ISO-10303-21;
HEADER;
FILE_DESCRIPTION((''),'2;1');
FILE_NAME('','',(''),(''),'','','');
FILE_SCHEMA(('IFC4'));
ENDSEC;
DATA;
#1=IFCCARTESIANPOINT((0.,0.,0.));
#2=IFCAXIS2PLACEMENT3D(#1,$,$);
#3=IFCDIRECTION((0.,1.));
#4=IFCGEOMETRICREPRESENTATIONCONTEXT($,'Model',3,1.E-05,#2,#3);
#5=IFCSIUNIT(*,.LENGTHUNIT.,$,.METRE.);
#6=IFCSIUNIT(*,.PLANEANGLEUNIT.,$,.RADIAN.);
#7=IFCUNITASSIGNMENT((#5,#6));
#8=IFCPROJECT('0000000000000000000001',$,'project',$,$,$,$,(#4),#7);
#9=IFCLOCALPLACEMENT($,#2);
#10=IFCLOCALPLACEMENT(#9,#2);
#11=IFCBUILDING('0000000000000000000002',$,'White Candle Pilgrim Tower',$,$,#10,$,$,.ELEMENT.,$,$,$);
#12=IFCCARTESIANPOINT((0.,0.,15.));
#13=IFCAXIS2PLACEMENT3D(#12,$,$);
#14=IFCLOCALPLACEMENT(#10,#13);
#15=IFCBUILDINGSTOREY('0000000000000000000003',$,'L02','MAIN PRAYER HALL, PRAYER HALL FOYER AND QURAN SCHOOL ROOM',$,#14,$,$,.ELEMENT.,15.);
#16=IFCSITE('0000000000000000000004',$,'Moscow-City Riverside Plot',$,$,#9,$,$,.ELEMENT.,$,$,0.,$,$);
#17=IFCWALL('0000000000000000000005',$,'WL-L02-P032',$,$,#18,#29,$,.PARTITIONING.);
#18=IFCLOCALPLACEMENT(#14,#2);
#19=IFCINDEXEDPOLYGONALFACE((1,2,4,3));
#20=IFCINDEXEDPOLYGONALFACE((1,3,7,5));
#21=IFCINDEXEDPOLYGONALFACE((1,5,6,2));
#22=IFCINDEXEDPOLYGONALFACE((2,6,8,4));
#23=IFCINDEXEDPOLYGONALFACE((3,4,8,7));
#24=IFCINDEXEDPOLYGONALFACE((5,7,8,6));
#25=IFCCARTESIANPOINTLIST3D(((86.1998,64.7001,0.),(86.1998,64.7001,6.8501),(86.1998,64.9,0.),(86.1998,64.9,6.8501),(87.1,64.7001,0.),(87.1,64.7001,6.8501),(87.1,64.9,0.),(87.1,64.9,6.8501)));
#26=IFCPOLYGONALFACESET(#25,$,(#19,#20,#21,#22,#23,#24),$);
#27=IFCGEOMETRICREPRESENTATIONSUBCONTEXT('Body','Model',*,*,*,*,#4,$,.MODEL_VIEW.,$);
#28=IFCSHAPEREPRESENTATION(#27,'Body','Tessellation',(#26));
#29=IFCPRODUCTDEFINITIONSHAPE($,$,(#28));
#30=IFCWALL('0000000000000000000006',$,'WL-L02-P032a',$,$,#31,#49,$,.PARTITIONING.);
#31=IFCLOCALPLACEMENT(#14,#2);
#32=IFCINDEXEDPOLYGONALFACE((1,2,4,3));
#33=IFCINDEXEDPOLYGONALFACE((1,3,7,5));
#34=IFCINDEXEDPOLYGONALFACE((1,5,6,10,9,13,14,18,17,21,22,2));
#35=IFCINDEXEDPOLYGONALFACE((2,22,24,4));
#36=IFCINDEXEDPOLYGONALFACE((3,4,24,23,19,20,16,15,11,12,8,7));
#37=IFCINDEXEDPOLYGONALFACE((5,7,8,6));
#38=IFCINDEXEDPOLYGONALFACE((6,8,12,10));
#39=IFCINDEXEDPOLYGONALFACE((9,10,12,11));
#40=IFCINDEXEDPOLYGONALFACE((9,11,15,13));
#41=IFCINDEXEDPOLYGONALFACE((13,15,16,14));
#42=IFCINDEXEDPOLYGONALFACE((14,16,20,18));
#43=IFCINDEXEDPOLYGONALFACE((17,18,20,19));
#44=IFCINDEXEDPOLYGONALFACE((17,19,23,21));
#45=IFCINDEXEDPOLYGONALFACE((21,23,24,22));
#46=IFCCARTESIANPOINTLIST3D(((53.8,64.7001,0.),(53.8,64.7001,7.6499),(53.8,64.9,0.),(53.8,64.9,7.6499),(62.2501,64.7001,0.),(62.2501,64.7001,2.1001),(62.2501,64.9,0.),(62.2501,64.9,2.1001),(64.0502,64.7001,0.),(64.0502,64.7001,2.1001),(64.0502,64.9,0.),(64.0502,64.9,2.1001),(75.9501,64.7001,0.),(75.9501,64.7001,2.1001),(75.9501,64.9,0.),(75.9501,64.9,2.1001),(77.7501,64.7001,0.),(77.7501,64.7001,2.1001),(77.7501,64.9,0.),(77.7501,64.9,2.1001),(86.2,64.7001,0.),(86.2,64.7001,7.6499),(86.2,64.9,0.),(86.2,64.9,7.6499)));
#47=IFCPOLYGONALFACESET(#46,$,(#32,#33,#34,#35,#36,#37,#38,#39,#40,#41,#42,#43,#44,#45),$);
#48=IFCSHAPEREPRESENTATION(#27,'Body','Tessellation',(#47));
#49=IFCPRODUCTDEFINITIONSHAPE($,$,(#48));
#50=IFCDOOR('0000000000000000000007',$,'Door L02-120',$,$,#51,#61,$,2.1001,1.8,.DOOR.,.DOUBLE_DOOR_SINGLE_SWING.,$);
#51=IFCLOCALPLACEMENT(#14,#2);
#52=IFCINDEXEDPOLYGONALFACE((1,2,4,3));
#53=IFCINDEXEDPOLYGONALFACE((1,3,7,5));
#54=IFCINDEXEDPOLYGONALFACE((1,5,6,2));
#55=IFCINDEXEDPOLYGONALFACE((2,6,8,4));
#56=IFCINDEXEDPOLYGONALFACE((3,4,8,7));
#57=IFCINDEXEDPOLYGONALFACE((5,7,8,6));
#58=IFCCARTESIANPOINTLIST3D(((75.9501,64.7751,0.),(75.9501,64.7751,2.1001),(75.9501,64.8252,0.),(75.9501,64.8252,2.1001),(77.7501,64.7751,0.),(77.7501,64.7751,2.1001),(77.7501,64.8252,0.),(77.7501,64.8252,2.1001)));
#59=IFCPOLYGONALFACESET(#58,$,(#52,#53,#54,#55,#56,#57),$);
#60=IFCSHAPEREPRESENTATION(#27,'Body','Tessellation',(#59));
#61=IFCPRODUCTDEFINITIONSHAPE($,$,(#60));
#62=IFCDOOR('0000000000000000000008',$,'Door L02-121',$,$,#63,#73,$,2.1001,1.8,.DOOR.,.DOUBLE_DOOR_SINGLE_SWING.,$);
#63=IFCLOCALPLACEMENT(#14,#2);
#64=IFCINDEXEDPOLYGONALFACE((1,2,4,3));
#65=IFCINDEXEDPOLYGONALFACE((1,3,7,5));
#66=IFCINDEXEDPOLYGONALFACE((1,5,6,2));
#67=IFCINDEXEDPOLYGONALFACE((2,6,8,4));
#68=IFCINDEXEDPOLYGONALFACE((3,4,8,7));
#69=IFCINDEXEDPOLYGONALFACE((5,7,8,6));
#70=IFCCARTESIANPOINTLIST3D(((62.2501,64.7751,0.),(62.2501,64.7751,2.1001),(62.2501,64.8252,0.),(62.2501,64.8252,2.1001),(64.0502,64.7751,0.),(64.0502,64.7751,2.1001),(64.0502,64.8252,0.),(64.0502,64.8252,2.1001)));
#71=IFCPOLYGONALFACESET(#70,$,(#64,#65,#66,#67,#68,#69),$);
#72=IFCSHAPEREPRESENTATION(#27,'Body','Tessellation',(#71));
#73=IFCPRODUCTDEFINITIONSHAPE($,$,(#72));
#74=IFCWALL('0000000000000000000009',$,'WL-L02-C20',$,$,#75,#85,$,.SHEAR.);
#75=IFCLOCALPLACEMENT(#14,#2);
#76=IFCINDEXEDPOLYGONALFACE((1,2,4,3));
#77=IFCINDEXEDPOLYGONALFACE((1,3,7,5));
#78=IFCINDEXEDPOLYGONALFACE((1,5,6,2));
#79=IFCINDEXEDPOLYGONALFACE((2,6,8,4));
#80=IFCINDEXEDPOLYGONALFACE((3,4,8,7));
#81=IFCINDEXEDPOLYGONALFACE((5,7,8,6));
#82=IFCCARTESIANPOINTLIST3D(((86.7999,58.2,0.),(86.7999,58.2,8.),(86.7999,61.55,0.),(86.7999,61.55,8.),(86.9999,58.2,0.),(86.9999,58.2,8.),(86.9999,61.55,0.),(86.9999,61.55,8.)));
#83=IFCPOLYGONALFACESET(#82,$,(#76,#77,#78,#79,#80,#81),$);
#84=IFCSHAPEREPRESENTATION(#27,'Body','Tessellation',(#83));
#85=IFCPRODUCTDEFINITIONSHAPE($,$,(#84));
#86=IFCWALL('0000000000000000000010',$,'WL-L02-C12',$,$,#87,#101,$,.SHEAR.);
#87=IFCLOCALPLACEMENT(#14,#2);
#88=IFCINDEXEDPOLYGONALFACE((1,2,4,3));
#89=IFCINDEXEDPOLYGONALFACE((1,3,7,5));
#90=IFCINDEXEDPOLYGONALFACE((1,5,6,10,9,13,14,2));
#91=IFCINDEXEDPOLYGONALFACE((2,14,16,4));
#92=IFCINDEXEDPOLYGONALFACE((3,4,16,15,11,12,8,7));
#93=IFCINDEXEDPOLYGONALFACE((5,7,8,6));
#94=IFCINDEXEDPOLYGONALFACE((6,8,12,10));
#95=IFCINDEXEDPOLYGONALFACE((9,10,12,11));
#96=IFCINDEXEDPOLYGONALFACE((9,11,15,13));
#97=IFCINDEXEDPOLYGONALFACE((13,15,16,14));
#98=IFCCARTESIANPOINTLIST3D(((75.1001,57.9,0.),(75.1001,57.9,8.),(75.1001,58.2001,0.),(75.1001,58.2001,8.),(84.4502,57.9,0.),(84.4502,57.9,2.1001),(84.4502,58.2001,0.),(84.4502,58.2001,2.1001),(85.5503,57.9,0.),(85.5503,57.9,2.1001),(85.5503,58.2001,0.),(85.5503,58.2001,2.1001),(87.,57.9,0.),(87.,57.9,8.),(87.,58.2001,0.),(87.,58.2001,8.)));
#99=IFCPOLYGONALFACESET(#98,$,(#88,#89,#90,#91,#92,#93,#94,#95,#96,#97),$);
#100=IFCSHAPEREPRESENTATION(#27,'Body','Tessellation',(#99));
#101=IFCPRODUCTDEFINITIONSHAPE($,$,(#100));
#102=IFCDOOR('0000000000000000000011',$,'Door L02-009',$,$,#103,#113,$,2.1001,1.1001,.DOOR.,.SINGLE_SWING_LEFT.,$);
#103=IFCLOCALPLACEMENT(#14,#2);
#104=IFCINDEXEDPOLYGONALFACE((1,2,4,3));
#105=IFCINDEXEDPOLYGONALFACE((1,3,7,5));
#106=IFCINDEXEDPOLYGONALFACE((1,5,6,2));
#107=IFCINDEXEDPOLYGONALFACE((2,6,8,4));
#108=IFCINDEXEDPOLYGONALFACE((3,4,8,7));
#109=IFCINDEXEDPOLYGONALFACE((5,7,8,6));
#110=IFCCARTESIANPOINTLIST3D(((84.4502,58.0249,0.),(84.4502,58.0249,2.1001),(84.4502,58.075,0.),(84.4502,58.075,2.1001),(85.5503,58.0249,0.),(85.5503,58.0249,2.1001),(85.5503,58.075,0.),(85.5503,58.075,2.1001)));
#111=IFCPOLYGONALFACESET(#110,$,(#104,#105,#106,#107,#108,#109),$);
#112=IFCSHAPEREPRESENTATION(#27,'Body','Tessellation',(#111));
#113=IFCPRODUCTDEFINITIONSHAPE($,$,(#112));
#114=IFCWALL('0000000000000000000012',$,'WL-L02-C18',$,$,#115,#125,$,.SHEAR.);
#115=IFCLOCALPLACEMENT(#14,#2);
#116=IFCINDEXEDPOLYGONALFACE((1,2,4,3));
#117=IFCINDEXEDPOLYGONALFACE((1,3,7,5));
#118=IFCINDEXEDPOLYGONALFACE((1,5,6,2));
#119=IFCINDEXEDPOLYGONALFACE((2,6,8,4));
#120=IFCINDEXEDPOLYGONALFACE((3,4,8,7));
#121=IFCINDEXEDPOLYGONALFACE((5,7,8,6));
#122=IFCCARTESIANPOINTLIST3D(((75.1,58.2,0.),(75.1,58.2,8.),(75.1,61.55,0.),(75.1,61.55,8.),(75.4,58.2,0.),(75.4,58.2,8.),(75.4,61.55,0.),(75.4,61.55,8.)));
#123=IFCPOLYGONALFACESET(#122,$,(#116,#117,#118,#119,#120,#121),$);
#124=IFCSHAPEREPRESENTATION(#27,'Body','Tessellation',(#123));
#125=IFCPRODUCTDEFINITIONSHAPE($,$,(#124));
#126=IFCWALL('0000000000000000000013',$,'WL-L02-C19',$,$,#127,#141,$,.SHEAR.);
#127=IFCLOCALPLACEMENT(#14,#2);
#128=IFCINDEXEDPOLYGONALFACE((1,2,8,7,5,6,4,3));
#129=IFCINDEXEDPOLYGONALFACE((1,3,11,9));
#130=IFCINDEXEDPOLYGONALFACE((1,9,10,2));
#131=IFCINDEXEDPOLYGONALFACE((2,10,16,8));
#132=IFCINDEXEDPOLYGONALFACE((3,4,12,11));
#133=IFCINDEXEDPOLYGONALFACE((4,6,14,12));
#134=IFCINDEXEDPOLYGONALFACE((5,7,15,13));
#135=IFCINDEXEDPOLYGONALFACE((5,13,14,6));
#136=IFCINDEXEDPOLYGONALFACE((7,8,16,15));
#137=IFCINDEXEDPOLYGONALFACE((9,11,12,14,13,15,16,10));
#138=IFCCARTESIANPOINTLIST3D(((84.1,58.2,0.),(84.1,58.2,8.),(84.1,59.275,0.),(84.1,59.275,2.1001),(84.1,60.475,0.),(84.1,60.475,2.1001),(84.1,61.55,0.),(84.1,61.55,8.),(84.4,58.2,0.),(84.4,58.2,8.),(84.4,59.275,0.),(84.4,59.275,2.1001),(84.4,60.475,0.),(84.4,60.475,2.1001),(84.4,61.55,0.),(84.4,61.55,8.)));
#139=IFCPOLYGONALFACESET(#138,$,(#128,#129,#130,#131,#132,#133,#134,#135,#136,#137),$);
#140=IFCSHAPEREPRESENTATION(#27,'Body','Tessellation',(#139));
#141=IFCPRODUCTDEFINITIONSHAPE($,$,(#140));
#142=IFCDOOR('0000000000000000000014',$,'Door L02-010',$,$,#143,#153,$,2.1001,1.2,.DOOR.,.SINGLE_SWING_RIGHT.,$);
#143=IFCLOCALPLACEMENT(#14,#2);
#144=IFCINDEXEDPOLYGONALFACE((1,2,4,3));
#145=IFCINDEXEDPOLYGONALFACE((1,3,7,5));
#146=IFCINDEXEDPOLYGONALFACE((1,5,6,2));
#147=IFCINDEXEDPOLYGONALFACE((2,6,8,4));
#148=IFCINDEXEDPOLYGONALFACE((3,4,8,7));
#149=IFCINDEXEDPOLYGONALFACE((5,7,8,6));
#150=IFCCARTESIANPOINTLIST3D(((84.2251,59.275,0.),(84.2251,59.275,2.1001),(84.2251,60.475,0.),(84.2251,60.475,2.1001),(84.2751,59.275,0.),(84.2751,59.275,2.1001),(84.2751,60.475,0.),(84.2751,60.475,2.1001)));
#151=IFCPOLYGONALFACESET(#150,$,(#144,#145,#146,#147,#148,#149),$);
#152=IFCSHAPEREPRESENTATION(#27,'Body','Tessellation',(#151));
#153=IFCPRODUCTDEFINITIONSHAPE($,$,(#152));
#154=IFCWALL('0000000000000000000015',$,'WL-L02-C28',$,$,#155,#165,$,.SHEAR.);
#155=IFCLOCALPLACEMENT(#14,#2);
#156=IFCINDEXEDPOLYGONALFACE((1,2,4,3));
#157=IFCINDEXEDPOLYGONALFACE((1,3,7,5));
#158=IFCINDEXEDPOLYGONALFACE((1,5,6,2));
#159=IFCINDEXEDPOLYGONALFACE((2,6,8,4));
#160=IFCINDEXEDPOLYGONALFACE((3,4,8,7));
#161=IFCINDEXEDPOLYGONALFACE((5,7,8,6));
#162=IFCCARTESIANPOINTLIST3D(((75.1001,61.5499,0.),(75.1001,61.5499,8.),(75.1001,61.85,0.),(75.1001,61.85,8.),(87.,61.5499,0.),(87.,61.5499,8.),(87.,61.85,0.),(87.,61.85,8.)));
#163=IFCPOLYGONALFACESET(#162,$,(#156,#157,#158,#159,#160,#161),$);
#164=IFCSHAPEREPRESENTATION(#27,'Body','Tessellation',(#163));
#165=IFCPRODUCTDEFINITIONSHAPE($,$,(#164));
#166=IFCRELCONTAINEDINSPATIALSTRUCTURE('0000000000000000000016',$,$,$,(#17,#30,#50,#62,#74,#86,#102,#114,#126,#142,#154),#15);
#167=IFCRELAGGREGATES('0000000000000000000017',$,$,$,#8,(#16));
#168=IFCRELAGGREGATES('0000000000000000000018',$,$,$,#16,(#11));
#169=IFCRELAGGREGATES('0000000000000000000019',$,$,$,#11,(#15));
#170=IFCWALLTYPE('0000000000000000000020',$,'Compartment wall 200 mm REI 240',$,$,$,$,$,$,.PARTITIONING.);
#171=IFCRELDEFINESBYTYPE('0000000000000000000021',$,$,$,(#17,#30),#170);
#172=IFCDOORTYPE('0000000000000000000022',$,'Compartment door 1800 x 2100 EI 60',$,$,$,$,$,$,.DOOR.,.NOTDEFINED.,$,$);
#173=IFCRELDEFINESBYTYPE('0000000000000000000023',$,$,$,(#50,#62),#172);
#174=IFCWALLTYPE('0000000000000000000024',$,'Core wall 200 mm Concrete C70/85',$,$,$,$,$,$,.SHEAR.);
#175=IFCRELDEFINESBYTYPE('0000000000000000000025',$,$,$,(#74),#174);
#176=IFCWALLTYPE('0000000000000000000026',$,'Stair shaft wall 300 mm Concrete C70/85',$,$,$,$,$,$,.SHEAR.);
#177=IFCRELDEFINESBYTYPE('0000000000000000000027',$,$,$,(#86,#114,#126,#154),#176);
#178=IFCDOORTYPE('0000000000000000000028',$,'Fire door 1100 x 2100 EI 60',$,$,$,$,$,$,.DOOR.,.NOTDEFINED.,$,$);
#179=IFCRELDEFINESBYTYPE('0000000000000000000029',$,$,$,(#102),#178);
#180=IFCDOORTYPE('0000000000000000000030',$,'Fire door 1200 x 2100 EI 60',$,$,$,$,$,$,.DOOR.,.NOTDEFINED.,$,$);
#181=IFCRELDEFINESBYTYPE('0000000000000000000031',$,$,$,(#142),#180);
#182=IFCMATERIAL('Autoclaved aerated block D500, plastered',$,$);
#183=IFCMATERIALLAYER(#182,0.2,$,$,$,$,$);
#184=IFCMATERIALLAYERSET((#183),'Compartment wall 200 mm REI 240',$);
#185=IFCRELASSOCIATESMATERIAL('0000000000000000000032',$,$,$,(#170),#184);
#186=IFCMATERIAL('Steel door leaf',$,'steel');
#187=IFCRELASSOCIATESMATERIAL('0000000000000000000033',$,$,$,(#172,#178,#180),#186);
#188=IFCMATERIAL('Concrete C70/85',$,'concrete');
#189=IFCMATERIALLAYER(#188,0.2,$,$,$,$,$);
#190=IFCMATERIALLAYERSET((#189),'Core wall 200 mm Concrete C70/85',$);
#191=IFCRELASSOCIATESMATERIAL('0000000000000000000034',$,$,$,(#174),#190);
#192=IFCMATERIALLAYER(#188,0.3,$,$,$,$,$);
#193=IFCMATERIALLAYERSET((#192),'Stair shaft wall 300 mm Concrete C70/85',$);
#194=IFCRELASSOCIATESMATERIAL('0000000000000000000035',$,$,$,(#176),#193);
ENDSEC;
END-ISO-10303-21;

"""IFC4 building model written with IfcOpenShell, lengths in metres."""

from ifc_helpers import new_model, si_unit, direction, frame, frame_2d, origin, place, context, subcontext, project, spatial, rectangle, extrude, material, layer, layer_set, type_object, element, fill, save


model = new_model("IFC4")

# Units and contexts
model_context = context("Model", 3, precision=1e-05, world=origin(), true_north=direction((0.0, 1.0)))
body_context = subcontext(model_context, "Body", "Model", "MODEL_VIEW")
ifc_project = project(units=[si_unit("LENGTHUNIT", "METRE"), si_unit("PLANEANGLEUNIT", "RADIAN")], contexts=[model_context])

# Site, building, storey
site_placement = place(None, origin())
site = spatial("IfcSite", under=ifc_project, at=site_placement, Name="Moscow-City Riverside Plot", CompositionType="ELEMENT", RefElevation=0.0)
building_placement = place(site_placement, origin())
building = spatial("IfcBuilding", under=site, at=building_placement, Name="White Candle Pilgrim Tower", CompositionType="ELEMENT")
storey_placement = place(building_placement, frame((0.0, 0.0, 15.0)))
storey = spatial("IfcBuildingStorey", under=building, at=storey_placement, Name="L02", Description="MAIN PRAYER HALL, PRAYER HALL FOYER AND QURAN SCHOOL ROOM", CompositionType="ELEMENT", Elevation=15.0)

# Wall
ifc_material_1 = material(Name="Autoclaved aerated block D500, plastered")
ifc_layer_1 = layer(ifc_material_1, 0.2)
ifc_layer_set_1 = layer_set([ifc_layer_1], Name="Compartment wall 200 mm REI 240")
wall_type_1 = type_object("IfcWallType", Name="Compartment wall 200 mm REI 240", PredefinedType="PARTITIONING", material=ifc_layer_set_1)
wall_1_placement = place(storey_placement, frame((87.1001, 64.8, 0.0), z_axis=(0.0, 0.0, 1.0), x_axis=(-1.0, 0.0, 0.0)))
element("IfcWall", 1, at=wall_1_placement, inside=storey, type_object=wall_type_1, Name="WL-L02-P032", PredefinedType="PARTITIONING", context=body_context, shape_type="SweptSolid", body=[
    extrude(rectangle(XDim=0.9001, YDim=0.2, at=frame_2d((0.4502, 0.0))), origin(), (0.0, 0.0, 1.0), 6.8501),
])

# Wall, openings, doors
wall_2_placement = place(storey_placement, frame((86.2, 64.8, 0.0), z_axis=(0.0, 0.0, 1.0), x_axis=(-1.0, 0.0, 0.0)))
wall_2 = element("IfcWall", 2, at=wall_2_placement, inside=storey, type_object=wall_type_1, Name="WL-L02-P032a", PredefinedType="PARTITIONING", context=body_context, shape_type="SweptSolid", body=[
    extrude(rectangle(XDim=32.3999, YDim=0.2, at=frame_2d((16.2, 0.0))), origin(), (0.0, 0.0, 1.0), 7.6499),
])
opening_1_placement = place(wall_2_placement, frame((8.45, 0.0, 0.0)))
opening_1 = element("IfcOpeningElement", 3, at=opening_1_placement, cuts=wall_2, PredefinedType="OPENING", context=body_context, shape_type="SweptSolid", body=[
    extrude(rectangle(XDim=1.8, YDim=2.1001, at=frame_2d((0.8999, 1.05))), frame((0.0, 0.1099, 0.0), z_axis=(0.0, -1.0, 0.0), x_axis=(1.0, 0.0, 0.0)), (0.0, 0.0, 1.0), 0.22),
])
opening_2_placement = place(wall_2_placement, frame((22.1499, 0.0, 0.0)))
opening_2 = element("IfcOpeningElement", 4, at=opening_2_placement, cuts=wall_2, PredefinedType="OPENING", context=body_context, shape_type="SweptSolid", body=[
    extrude(rectangle(XDim=1.8, YDim=2.1001, at=frame_2d((0.8999, 1.05))), frame((0.0, 0.1099, 0.0), z_axis=(0.0, -1.0, 0.0), x_axis=(1.0, 0.0, 0.0)), (0.0, 0.0, 1.0), 0.22),
])
ifc_material_2 = material(Name="Steel door leaf", Category="steel")
door_type_1 = type_object("IfcDoorType", Name="Compartment door 1800 x 2100 EI 60", OperationType="NOTDEFINED", PredefinedType="DOOR", material=ifc_material_2)
door_1_placement = place(opening_1_placement, origin())
door_1 = element("IfcDoor", 5, at=door_1_placement, inside=storey, type_object=door_type_1, Name="Door L02-120", OperationType="DOUBLE_DOOR_SINGLE_SWING", OverallHeight=2.1001, OverallWidth=1.8, PredefinedType="DOOR", context=body_context, shape_type="SweptSolid", body=[
    extrude(rectangle(XDim=1.8, YDim=2.1001, at=frame_2d((0.8999, 1.05))), frame((0.0, 0.0249, 0.0), z_axis=(0.0, -1.0, 0.0), x_axis=(1.0, 0.0, 0.0)), (0.0, 0.0, 1.0), 0.05),
])
fill(opening_1, door_1)
door_2_placement = place(opening_2_placement, origin())
door_2 = element("IfcDoor", 6, at=door_2_placement, inside=storey, type_object=door_type_1, Name="Door L02-121", OperationType="DOUBLE_DOOR_SINGLE_SWING", OverallHeight=2.1001, OverallWidth=1.8, PredefinedType="DOOR", context=body_context, shape_type="SweptSolid", body=[
    extrude(rectangle(XDim=1.8, YDim=2.1001, at=frame_2d((0.8999, 1.05))), frame((0.0, 0.0249, 0.0), z_axis=(0.0, -1.0, 0.0), x_axis=(1.0, 0.0, 0.0)), (0.0, 0.0, 1.0), 0.05),
])
fill(opening_2, door_2)

# Wall
ifc_material_3 = material(Name="Concrete C70/85", Category="concrete")
ifc_layer_2 = layer(ifc_material_3, 0.2)
ifc_layer_set_2 = layer_set([ifc_layer_2], Name="Core wall 200 mm Concrete C70/85")
wall_type_2 = type_object("IfcWallType", Name="Core wall 200 mm Concrete C70/85", PredefinedType="SHEAR", material=ifc_layer_set_2)
wall_3_placement = place(storey_placement, frame((86.8999, 58.2, 0.0), z_axis=(0.0, 0.0, 1.0), x_axis=(0.0, 1.0, 0.0)))
element("IfcWall", 7, at=wall_3_placement, inside=storey, type_object=wall_type_2, Name="WL-L02-C20", PredefinedType="SHEAR", context=body_context, shape_type="SweptSolid", body=[
    extrude(rectangle(XDim=3.3501, YDim=0.2, at=frame_2d((1.675, 0.0))), origin(), (0.0, 0.0, 1.0), 8.0),
])

# Wall, opening, door
ifc_layer_3 = layer(ifc_material_3, 0.3)
ifc_layer_set_3 = layer_set([ifc_layer_3], Name="Stair shaft wall 300 mm Concrete C70/85")
wall_type_3 = type_object("IfcWallType", Name="Stair shaft wall 300 mm Concrete C70/85", PredefinedType="SHEAR", material=ifc_layer_set_3)
wall_4_placement = place(storey_placement, frame((75.1001, 58.05, 0.0), z_axis=(0.0, 0.0, 1.0), x_axis=(1.0, 0.0, 0.0)))
wall_4 = element("IfcWall", 8, at=wall_4_placement, inside=storey, type_object=wall_type_3, Name="WL-L02-C12", PredefinedType="SHEAR", context=body_context, shape_type="SweptSolid", body=[
    extrude(rectangle(XDim=11.8999, YDim=0.3, at=frame_2d((5.95, 0.0))), origin(), (0.0, 0.0, 1.0), 8.0),
])
opening_3_placement = place(wall_4_placement, frame((9.3501, 0.0, 0.0)))
opening_3 = element("IfcOpeningElement", 9, at=opening_3_placement, cuts=wall_4, PredefinedType="OPENING", context=body_context, shape_type="SweptSolid", body=[
    extrude(rectangle(XDim=1.1001, YDim=2.1001, at=frame_2d((0.55, 1.05))), frame((0.0, 0.1599, 0.0), z_axis=(0.0, -1.0, 0.0), x_axis=(1.0, 0.0, 0.0)), (0.0, 0.0, 1.0), 0.3201),
])
door_type_2 = type_object("IfcDoorType", Name="Fire door 1100 x 2100 EI 60", OperationType="NOTDEFINED", PredefinedType="DOOR", material=ifc_material_2)
door_3_placement = place(opening_3_placement, origin())
door_3 = element("IfcDoor", 10, at=door_3_placement, inside=storey, type_object=door_type_2, Name="Door L02-009", OperationType="SINGLE_SWING_LEFT", OverallHeight=2.1001, OverallWidth=1.1001, PredefinedType="DOOR", context=body_context, shape_type="SweptSolid", body=[
    extrude(rectangle(XDim=1.1001, YDim=2.1001, at=frame_2d((0.55, 1.05))), frame((0.0, 0.0249, 0.0), z_axis=(0.0, -1.0, 0.0), x_axis=(1.0, 0.0, 0.0)), (0.0, 0.0, 1.0), 0.05),
])
fill(opening_3, door_3)

# Wall
wall_5_placement = place(storey_placement, frame((75.25, 58.2, 0.0), z_axis=(0.0, 0.0, 1.0), x_axis=(0.0, 1.0, 0.0)))
element("IfcWall", 11, at=wall_5_placement, inside=storey, type_object=wall_type_3, Name="WL-L02-C18", PredefinedType="SHEAR", context=body_context, shape_type="SweptSolid", body=[
    extrude(rectangle(XDim=3.3501, YDim=0.3, at=frame_2d((1.675, 0.0))), origin(), (0.0, 0.0, 1.0), 8.0),
])

# Wall, opening, door
wall_6_placement = place(storey_placement, frame((84.25, 58.2, 0.0), z_axis=(0.0, 0.0, 1.0), x_axis=(0.0, 1.0, 0.0)))
wall_6 = element("IfcWall", 12, at=wall_6_placement, inside=storey, type_object=wall_type_3, Name="WL-L02-C19", PredefinedType="SHEAR", context=body_context, shape_type="SweptSolid", body=[
    extrude(rectangle(XDim=3.3501, YDim=0.3, at=frame_2d((1.675, 0.0))), origin(), (0.0, 0.0, 1.0), 8.0),
])
opening_4_placement = place(wall_6_placement, frame((1.075, 0.0, 0.0)))
opening_4 = element("IfcOpeningElement", 13, at=opening_4_placement, cuts=wall_6, PredefinedType="OPENING", context=body_context, shape_type="SweptSolid", body=[
    extrude(rectangle(XDim=1.2, YDim=2.1001, at=frame_2d((0.6001, 1.05))), frame((0.0, 0.1599, 0.0), z_axis=(0.0, -1.0, 0.0), x_axis=(1.0, 0.0, 0.0)), (0.0, 0.0, 1.0), 0.3201),
])
door_type_3 = type_object("IfcDoorType", Name="Fire door 1200 x 2100 EI 60", OperationType="NOTDEFINED", PredefinedType="DOOR", material=ifc_material_2)
door_4_placement = place(opening_4_placement, origin())
door_4 = element("IfcDoor", 14, at=door_4_placement, inside=storey, type_object=door_type_3, Name="Door L02-010", OperationType="SINGLE_SWING_RIGHT", OverallHeight=2.1001, OverallWidth=1.2, PredefinedType="DOOR", context=body_context, shape_type="SweptSolid", body=[
    extrude(rectangle(XDim=1.2, YDim=2.1001, at=frame_2d((0.6001, 1.05))), frame((0.0, 0.0249, 0.0), z_axis=(0.0, -1.0, 0.0), x_axis=(1.0, 0.0, 0.0)), (0.0, 0.0, 1.0), 0.05),
])
fill(opening_4, door_4)

# Wall
wall_7_placement = place(storey_placement, frame((75.1001, 61.7, 0.0), z_axis=(0.0, 0.0, 1.0), x_axis=(1.0, 0.0, 0.0)))
element("IfcWall", 15, at=wall_7_placement, inside=storey, type_object=wall_type_3, Name="WL-L02-C28", PredefinedType="SHEAR", context=body_context, shape_type="SweptSolid", body=[
    extrude(rectangle(XDim=11.8999, YDim=0.3, at=frame_2d((5.95, 0.0))), origin(), (0.0, 0.0, 1.0), 8.0),
])

save(model, "model.ifc")
